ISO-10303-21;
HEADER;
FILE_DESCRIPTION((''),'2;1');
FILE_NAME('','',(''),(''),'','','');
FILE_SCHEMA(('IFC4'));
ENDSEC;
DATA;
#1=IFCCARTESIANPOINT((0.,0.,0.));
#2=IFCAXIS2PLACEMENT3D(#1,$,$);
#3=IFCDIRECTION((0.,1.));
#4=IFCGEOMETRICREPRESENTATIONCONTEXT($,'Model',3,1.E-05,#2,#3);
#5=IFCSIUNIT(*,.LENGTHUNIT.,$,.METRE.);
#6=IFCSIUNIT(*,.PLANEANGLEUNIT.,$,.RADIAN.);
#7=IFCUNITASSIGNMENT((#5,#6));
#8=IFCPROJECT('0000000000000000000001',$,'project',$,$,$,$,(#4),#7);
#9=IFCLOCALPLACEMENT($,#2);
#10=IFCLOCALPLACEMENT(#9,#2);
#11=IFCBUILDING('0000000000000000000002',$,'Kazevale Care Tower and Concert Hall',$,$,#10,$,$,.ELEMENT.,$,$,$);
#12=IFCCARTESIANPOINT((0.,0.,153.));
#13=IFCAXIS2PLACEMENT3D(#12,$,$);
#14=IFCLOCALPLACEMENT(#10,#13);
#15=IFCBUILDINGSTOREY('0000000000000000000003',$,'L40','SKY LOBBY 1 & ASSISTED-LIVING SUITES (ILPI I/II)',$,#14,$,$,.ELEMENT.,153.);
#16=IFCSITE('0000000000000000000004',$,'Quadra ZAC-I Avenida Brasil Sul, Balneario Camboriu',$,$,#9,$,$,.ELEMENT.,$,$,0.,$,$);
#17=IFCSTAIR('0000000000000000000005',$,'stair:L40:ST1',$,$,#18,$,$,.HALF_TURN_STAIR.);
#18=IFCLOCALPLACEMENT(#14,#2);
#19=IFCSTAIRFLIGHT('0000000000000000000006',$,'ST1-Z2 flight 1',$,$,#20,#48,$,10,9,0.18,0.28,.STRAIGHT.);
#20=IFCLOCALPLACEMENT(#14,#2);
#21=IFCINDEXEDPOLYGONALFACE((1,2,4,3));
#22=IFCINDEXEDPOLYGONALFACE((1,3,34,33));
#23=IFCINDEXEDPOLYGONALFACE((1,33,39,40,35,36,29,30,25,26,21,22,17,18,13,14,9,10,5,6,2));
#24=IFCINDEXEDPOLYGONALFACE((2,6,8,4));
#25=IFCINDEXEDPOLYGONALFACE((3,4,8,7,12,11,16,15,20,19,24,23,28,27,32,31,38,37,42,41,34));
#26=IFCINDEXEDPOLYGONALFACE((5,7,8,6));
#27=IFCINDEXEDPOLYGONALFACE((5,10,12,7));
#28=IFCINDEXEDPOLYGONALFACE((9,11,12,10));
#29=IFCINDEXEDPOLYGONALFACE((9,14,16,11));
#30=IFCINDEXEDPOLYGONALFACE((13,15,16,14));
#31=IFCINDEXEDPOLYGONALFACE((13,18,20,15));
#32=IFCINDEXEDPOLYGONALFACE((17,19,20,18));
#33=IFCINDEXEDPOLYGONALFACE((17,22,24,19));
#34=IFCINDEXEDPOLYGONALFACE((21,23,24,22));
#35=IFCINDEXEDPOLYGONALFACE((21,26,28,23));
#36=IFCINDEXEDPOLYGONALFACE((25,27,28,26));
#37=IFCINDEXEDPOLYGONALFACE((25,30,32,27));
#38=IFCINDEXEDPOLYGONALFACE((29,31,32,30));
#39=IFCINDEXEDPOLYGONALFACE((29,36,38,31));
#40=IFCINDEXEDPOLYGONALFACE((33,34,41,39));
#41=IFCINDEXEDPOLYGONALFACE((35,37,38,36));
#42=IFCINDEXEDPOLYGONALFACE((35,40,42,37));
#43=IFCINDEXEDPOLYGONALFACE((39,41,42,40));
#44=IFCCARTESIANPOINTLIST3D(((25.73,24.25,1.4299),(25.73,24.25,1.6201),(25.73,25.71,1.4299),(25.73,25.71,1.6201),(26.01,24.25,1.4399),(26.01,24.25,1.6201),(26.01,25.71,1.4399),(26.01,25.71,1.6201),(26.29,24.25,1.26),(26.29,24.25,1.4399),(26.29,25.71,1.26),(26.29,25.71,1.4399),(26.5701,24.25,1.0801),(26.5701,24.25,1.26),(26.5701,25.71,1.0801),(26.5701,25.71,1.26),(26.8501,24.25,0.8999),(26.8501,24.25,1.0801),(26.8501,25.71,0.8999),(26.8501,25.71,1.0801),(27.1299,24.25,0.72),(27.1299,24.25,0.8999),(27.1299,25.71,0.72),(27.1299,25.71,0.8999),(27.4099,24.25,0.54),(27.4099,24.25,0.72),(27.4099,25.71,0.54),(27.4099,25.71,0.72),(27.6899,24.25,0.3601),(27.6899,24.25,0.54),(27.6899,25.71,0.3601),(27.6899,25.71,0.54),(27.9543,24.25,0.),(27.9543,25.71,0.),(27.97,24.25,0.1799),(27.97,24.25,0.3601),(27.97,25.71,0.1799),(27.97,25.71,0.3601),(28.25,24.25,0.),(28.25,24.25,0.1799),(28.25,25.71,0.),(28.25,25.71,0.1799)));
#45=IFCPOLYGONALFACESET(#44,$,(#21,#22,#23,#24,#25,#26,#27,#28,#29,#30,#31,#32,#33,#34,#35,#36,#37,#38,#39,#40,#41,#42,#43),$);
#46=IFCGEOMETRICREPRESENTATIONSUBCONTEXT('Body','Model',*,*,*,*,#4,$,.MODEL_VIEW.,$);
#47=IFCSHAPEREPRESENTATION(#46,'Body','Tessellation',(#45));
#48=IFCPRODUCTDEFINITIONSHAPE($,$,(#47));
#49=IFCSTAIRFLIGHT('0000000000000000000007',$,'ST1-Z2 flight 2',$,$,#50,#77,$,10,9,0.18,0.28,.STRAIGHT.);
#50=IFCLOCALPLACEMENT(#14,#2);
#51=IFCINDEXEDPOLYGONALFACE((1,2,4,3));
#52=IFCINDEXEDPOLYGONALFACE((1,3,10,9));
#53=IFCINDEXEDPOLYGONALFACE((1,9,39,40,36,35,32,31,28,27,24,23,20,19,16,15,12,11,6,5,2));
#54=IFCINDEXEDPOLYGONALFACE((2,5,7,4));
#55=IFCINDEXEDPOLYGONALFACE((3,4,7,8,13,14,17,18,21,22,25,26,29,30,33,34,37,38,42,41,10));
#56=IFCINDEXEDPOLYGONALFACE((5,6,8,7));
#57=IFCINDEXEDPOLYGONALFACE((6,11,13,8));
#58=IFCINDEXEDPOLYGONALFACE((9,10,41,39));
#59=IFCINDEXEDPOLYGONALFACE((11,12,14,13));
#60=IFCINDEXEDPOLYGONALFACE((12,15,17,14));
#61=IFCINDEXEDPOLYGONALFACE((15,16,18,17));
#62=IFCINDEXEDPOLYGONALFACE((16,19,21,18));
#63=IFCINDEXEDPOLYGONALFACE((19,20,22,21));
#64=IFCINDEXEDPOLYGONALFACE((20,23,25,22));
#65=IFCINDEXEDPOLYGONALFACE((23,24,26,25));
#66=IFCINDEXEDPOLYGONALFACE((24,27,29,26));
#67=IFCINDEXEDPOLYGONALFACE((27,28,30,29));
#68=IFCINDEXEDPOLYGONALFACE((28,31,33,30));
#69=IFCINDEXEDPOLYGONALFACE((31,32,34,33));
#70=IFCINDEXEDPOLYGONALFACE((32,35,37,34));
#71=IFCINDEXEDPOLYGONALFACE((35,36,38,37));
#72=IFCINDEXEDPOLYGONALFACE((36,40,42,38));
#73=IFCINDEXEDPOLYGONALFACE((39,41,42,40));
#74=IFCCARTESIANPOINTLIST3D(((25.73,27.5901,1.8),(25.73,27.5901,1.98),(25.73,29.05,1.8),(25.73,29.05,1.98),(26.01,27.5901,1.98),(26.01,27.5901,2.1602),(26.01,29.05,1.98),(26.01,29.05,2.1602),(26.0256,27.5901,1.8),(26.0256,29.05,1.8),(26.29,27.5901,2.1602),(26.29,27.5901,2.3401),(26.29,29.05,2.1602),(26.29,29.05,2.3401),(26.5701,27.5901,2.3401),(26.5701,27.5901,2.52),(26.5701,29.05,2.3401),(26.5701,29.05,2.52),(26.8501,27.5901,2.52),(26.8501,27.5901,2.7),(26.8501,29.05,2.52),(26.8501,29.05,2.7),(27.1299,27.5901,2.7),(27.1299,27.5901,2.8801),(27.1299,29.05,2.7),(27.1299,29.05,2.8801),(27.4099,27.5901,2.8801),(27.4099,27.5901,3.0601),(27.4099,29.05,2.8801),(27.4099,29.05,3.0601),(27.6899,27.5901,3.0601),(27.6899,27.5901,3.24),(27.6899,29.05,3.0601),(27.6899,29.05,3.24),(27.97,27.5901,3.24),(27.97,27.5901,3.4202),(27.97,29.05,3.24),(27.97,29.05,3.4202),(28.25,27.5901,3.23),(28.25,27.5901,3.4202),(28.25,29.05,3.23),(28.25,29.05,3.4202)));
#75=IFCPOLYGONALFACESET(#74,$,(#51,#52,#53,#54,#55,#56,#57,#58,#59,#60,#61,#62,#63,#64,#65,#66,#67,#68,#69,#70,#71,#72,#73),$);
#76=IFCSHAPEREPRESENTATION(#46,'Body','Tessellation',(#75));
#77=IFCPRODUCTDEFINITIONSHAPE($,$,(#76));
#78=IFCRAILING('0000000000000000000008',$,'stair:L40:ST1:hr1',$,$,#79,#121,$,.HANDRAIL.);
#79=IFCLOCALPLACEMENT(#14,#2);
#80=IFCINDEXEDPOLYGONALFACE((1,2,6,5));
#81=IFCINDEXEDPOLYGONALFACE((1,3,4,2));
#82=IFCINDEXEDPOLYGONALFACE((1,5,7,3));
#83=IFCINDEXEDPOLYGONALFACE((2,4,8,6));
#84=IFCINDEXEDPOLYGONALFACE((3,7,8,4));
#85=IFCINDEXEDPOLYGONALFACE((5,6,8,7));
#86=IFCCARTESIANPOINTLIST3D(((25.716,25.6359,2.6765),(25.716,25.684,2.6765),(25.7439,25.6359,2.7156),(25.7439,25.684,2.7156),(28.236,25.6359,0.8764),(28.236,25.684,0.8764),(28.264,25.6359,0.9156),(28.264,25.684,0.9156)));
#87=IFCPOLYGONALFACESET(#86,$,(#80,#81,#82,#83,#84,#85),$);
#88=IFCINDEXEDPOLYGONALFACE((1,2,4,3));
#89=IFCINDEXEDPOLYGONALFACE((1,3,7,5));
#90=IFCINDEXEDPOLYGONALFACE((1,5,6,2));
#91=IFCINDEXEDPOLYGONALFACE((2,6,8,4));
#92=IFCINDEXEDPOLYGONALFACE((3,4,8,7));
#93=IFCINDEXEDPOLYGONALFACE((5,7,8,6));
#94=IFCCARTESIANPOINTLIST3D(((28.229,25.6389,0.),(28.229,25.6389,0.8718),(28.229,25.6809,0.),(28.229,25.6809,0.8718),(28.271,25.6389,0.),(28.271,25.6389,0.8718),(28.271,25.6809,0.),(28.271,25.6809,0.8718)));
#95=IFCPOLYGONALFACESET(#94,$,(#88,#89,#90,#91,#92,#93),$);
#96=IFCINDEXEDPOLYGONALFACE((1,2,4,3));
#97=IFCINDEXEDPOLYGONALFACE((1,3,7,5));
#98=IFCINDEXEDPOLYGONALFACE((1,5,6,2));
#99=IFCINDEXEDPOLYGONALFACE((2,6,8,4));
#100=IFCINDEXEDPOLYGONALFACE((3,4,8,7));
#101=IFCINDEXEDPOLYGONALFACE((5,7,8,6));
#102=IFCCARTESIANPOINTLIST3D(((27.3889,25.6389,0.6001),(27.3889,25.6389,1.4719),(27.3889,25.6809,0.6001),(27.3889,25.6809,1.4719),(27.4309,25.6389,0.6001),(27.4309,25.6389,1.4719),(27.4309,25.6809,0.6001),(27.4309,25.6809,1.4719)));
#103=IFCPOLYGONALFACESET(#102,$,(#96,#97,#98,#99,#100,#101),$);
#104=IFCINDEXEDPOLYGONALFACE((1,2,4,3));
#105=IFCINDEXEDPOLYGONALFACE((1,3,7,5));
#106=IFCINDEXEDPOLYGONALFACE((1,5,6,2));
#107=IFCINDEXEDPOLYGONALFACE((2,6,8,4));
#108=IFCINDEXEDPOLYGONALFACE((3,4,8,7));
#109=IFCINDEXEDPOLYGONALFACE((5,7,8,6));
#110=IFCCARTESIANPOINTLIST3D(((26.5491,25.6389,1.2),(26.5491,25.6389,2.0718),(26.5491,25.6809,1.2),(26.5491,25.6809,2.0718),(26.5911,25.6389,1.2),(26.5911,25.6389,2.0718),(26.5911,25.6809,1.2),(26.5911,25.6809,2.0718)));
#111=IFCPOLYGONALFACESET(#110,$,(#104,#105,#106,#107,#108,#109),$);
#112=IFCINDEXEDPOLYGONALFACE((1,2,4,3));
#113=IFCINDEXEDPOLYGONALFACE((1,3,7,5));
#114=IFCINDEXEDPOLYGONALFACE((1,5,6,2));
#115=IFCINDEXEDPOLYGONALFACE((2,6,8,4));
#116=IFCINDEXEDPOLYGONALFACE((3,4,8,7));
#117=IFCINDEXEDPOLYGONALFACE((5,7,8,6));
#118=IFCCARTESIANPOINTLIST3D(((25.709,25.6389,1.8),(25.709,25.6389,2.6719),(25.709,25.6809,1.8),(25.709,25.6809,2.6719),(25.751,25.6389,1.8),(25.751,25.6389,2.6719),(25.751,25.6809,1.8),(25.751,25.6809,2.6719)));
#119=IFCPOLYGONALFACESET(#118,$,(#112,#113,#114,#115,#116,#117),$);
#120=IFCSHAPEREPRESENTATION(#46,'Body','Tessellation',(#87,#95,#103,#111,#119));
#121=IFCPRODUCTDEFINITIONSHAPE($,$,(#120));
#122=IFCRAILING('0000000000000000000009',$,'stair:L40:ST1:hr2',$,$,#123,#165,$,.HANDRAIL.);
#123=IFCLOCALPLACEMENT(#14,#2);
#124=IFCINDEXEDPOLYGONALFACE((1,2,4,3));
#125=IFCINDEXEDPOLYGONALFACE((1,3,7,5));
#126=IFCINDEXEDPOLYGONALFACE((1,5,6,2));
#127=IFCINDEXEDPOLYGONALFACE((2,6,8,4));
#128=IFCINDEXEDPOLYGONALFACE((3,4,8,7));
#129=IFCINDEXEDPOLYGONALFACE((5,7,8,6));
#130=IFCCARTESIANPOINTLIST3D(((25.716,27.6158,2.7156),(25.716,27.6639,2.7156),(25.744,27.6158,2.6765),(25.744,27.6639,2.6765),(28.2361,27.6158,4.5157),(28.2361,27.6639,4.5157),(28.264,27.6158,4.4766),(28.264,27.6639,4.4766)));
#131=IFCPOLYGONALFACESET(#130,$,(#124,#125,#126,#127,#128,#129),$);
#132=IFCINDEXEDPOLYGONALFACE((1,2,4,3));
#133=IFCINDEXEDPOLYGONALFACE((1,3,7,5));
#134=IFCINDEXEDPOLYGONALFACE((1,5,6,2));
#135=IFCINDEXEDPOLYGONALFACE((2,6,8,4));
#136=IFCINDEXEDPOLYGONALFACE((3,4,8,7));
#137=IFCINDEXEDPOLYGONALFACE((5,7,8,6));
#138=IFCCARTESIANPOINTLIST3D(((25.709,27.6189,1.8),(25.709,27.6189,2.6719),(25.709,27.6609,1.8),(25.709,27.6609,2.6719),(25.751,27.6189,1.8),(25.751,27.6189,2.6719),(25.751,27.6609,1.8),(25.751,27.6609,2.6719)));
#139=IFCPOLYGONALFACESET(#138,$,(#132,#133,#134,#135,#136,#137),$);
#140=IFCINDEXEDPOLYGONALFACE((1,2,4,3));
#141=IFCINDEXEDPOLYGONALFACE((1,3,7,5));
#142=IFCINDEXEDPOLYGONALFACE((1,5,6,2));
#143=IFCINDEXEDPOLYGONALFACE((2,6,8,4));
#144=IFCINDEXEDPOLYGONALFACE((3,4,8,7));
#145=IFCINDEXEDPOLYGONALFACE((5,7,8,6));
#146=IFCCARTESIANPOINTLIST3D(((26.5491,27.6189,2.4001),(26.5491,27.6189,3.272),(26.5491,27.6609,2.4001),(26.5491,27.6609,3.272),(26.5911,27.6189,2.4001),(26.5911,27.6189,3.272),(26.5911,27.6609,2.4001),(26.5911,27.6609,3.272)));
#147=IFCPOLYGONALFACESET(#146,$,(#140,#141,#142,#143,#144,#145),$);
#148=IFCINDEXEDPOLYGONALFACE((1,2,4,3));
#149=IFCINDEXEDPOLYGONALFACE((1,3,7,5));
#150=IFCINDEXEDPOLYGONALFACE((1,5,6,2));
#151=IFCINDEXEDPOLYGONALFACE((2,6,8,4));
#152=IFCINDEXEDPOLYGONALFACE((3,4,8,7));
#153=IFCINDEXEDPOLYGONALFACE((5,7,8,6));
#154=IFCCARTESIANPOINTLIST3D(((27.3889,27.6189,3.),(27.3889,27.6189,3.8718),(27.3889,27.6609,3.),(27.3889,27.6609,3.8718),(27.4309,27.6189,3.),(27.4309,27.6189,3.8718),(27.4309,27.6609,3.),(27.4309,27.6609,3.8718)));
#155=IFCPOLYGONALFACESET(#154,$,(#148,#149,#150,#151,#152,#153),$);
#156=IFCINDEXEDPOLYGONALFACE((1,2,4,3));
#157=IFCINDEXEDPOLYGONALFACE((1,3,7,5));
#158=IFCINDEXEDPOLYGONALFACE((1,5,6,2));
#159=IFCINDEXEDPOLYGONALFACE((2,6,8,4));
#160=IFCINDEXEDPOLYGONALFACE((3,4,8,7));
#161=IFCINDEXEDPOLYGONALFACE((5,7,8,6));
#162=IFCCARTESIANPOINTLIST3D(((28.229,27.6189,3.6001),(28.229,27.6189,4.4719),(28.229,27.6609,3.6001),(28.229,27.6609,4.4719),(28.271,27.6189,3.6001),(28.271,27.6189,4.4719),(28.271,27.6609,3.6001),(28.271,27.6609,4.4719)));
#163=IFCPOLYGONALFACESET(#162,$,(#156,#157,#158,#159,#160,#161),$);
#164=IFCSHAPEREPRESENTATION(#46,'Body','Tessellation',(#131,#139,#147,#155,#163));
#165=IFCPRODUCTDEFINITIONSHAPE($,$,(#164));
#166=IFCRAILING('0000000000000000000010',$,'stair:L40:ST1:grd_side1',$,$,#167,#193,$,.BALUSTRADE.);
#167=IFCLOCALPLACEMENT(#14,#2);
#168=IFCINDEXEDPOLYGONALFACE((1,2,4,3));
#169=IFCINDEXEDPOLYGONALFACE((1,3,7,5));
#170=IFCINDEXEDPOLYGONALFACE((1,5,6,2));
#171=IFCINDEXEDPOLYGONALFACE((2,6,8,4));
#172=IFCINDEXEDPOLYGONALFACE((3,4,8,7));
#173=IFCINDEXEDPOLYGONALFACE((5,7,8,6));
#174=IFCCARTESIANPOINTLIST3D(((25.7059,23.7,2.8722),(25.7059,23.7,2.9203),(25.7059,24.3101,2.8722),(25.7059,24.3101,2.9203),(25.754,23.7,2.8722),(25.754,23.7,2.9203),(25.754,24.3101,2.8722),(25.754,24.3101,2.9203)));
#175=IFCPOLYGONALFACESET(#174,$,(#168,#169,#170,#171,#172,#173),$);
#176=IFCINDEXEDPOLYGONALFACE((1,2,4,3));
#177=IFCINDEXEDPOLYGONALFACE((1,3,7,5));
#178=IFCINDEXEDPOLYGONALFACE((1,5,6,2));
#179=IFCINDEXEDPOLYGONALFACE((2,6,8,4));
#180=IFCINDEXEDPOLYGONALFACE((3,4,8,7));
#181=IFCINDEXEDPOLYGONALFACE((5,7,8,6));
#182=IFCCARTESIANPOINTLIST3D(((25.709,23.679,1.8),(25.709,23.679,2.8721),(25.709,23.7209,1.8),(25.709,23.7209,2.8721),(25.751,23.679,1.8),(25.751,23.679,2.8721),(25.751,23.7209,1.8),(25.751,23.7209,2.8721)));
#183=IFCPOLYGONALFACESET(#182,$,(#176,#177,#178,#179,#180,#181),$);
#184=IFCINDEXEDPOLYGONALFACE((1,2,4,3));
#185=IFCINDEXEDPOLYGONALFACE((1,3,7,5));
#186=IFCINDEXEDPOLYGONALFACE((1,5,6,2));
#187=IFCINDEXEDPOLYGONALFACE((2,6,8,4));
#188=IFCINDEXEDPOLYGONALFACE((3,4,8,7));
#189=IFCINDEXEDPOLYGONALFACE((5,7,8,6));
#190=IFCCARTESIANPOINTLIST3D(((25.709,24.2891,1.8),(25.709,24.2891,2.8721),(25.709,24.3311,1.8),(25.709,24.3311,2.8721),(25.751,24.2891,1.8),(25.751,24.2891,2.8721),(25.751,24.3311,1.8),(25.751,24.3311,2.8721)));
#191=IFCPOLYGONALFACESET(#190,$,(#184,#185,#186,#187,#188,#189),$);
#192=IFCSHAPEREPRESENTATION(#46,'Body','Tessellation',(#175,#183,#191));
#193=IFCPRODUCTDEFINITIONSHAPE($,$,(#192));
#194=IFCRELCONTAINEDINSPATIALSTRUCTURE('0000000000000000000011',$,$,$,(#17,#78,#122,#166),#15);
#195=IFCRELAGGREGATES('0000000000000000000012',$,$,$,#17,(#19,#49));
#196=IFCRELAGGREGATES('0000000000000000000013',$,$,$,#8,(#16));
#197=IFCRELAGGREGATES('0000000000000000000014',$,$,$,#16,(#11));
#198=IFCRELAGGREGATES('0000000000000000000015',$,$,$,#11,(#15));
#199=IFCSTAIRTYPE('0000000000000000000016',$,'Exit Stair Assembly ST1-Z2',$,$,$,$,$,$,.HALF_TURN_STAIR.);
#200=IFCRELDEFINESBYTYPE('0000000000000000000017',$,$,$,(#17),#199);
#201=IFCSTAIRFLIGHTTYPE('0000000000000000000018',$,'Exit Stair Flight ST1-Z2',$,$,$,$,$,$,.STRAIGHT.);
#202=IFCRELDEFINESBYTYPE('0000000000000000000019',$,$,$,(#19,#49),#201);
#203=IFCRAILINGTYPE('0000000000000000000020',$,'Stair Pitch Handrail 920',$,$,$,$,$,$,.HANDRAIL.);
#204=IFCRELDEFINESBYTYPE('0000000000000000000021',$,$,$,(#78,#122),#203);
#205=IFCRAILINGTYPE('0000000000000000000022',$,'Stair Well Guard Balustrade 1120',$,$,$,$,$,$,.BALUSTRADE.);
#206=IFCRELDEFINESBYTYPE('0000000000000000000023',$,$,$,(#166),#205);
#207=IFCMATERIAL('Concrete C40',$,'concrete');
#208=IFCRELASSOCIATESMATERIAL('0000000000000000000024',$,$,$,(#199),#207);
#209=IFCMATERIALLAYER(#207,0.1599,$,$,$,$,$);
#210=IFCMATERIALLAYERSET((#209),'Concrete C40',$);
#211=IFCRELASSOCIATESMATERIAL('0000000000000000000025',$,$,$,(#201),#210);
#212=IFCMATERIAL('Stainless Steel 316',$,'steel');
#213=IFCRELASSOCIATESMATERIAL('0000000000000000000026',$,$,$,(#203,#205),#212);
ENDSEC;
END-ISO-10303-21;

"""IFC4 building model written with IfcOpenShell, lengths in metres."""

from ifc_helpers import new_model, si_unit, direction, frame, origin, origin_2d, place, context, subcontext, project, spatial, polyline, rectangle, outline, extrude, material, layer, layer_set, type_object, element, aggregate, save


model = new_model("IFC4")

# Units and contexts
model_context = context("Model", 3, precision=1e-05, world=origin(), true_north=direction((0.0, 1.0)))
body_context = subcontext(model_context, "Body", "Model", "MODEL_VIEW")
ifc_project = project(units=[si_unit("LENGTHUNIT", "METRE"), si_unit("PLANEANGLEUNIT", "RADIAN")], contexts=[model_context])

# Site, building, storey
site_placement = place(None, origin())
site = spatial("IfcSite", under=ifc_project, at=site_placement, Name="Quadra ZAC-I Avenida Brasil Sul, Balneario Camboriu", CompositionType="ELEMENT", RefElevation=0.0)
building_placement = place(site_placement, origin())
building = spatial("IfcBuilding", under=site, at=building_placement, Name="Kazevale Care Tower and Concert Hall", CompositionType="ELEMENT")
storey_placement = place(building_placement, frame((0.0, 0.0, 153.0)))
storey = spatial("IfcBuildingStorey", under=building, at=storey_placement, Name="L40", Description="SKY LOBBY 1 & ASSISTED-LIVING SUITES (ILPI I/II)", CompositionType="ELEMENT", Elevation=153.0)

# Shared definitions
ifc_material_1 = material(Name="Concrete C40", Category="concrete")
ifc_material_2 = material(Name="Stainless Steel 316", Category="steel")

# Stair, stair flights
stair_type = type_object("IfcStairType", Name="Exit Stair Assembly ST1-Z2", PredefinedType="HALF_TURN_STAIR", material=ifc_material_1)
stair_placement = place(storey_placement, origin())
stair = element("IfcStair", 1, at=stair_placement, inside=storey, type_object=stair_type, Name="stair:L40:ST1", PredefinedType="HALF_TURN_STAIR")
ifc_layer_1 = layer(ifc_material_1, 0.1599)
ifc_layer_set_1 = layer_set([ifc_layer_1], Name="Concrete C40")
stair_flight_type = type_object("IfcStairFlightType", Name="Exit Stair Flight ST1-Z2", PredefinedType="STRAIGHT", material=ifc_layer_set_1)
stair_flight_1_placement = place(storey_placement, frame((28.25, 24.98, 0.0), z_axis=(0.0, 0.0, 1.0), x_axis=(-1.0, 0.0, 0.0)))
stair_flight_1 = element("IfcStairFlight", 2, at=stair_flight_1_placement, type_object=stair_flight_type, Name="ST1-Z2 flight 1", NumberOfRisers=10, NumberOfTreads=9, PredefinedType="STRAIGHT", RiserHeight=0.18, TreadLength=0.28, context=body_context, shape_type="SweptSolid", body=[
    extrude(outline(polyline([(0.0, 0.0), (0.0, 0.1799), (0.28, 0.1799), (0.28, 0.3601), (0.5601, 0.3601), (0.5601, 0.54), (0.8401, 0.54), (0.8401, 0.72), (1.1201, 0.72), (1.1201, 0.8999), (1.3999, 0.8999), (1.3999, 1.0801), (1.6799, 1.0801), (1.6799, 1.26), (1.96, 1.26), (1.96, 1.4399), (2.24, 1.4399), (2.24, 1.6201), (2.52, 1.6201), (2.52, 1.8), (2.52, 1.4299), (0.2957, 0.0), (0.0, 0.0)])), frame((0.0, 0.73, 0.0), z_axis=(0.0, -1.0, 0.0), x_axis=(1.0, 0.0, 0.0)), (0.0, 0.0, 1.0), 1.46),
])
stair_flight_2_placement = place(storey_placement, frame((25.73, 28.3201, 1.8), z_axis=(0.0, 0.0, 1.0), x_axis=(1.0, 0.0, 0.0)))
stair_flight_2 = element("IfcStairFlight", 3, at=stair_flight_2_placement, type_object=stair_flight_type, Name="ST1-Z2 flight 2", NumberOfRisers=10, NumberOfTreads=9, PredefinedType="STRAIGHT", RiserHeight=0.18, TreadLength=0.28, context=body_context, shape_type="SweptSolid", body=[
    extrude(outline(polyline([(0.0, 0.0), (0.0, 0.1799), (0.28, 0.1799), (0.28, 0.3601), (0.5601, 0.3601), (0.5601, 0.54), (0.8401, 0.54), (0.8401, 0.72), (1.1201, 0.72), (1.1201, 0.8999), (1.3999, 0.8999), (1.3999, 1.0801), (1.6799, 1.0801), (1.6799, 1.26), (1.96, 1.26), (1.96, 1.4399), (2.24, 1.4399), (2.24, 1.6201), (2.52, 1.6201), (2.52, 1.8), (2.52, 1.4299), (0.2957, 0.0), (0.0, 0.0)])), frame((0.0, 0.73, 0.0), z_axis=(0.0, -1.0, 0.0), x_axis=(1.0, 0.0, 0.0)), (0.0, 0.0, 1.0), 1.46),
])
aggregate(stair, [stair_flight_1, stair_flight_2])

# Railings
railing_type_1 = type_object("IfcRailingType", Name="Stair Pitch Handrail 920", PredefinedType="HANDRAIL", material=ifc_material_2)
railing_1_placement = place(storey_placement, frame((28.25, 25.6599, 0.0)))
element("IfcRailing", 4, at=railing_1_placement, inside=storey, type_object=railing_type_1, Name="stair:L40:ST1:hr1", PredefinedType="HANDRAIL", context=body_context, shape_type="SweptSolid", body=[
    extrude(rectangle(XDim=0.0481, YDim=0.0481, at=origin_2d()), frame((0.0, 0.0, 0.896), z_axis=(-0.813728, 0.0, 0.581246), x_axis=(0.0, -1.0, 0.0)), (0.0, 0.0, 1.0), 3.0969),
    extrude(rectangle(XDim=0.042, YDim=0.042, at=origin_2d()), origin(), (0.0, 0.0, 1.0), 0.8718),
    extrude(rectangle(XDim=0.042, YDim=0.042, at=origin_2d()), frame((-0.8401, 0.0, 0.6001)), (0.0, 0.0, 1.0), 0.8718),
    extrude(rectangle(XDim=0.042, YDim=0.042, at=origin_2d()), frame((-1.6799, 0.0, 1.2)), (0.0, 0.0, 1.0), 0.8718),
    extrude(rectangle(XDim=0.042, YDim=0.042, at=origin_2d()), frame((-2.52, 0.0, 1.8)), (0.0, 0.0, 1.0), 0.8718),
])
railing_2_placement = place(storey_placement, frame((25.73, 27.6399, 1.8)))
element("IfcRailing", 5, at=railing_2_placement, inside=storey, type_object=railing_type_1, Name="stair:L40:ST1:hr2", PredefinedType="HANDRAIL", context=body_context, shape_type="SweptSolid", body=[
    extrude(rectangle(XDim=0.0481, YDim=0.0481, at=origin_2d()), frame((0.0, 0.0, 0.896), z_axis=(0.813728, 0.0, 0.581246), x_axis=(0.0, 1.0, 0.0)), (0.0, 0.0, 1.0), 3.0969),
    extrude(rectangle(XDim=0.042, YDim=0.042, at=origin_2d()), origin(), (0.0, 0.0, 1.0), 0.8718),
    extrude(rectangle(XDim=0.042, YDim=0.042, at=origin_2d()), frame((0.8401, 0.0, 0.6001)), (0.0, 0.0, 1.0), 0.8718),
    extrude(rectangle(XDim=0.042, YDim=0.042, at=origin_2d()), frame((1.6799, 0.0, 1.2)), (0.0, 0.0, 1.0), 0.8718),
    extrude(rectangle(XDim=0.042, YDim=0.042, at=origin_2d()), frame((2.52, 0.0, 1.8)), (0.0, 0.0, 1.0), 0.8718),
])
railing_type_2 = type_object("IfcRailingType", Name="Stair Well Guard Balustrade 1120", PredefinedType="BALUSTRADE", material=ifc_material_2)
railing_3_placement = place(storey_placement, frame((25.73, 23.7, 1.8)))
element("IfcRailing", 6, at=railing_3_placement, inside=storey, type_object=railing_type_2, Name="stair:L40:ST1:grd_side1", PredefinedType="BALUSTRADE", context=body_context, shape_type="SweptSolid", body=[
    extrude(rectangle(XDim=0.0481, YDim=0.0481, at=origin_2d()), frame((0.0, 0.0, 1.0962), z_axis=(0.0, 1.0, 0.0), x_axis=(-1.0, 0.0, 0.0)), (0.0, 0.0, 1.0), 0.6101),
    extrude(rectangle(XDim=0.042, YDim=0.042, at=origin_2d()), origin(), (0.0, 0.0, 1.0), 1.072),
    extrude(rectangle(XDim=0.042, YDim=0.042, at=origin_2d()), frame((0.0, 0.6101, 0.0)), (0.0, 0.0, 1.0), 1.072),
])

save(model, "model.ifc")
